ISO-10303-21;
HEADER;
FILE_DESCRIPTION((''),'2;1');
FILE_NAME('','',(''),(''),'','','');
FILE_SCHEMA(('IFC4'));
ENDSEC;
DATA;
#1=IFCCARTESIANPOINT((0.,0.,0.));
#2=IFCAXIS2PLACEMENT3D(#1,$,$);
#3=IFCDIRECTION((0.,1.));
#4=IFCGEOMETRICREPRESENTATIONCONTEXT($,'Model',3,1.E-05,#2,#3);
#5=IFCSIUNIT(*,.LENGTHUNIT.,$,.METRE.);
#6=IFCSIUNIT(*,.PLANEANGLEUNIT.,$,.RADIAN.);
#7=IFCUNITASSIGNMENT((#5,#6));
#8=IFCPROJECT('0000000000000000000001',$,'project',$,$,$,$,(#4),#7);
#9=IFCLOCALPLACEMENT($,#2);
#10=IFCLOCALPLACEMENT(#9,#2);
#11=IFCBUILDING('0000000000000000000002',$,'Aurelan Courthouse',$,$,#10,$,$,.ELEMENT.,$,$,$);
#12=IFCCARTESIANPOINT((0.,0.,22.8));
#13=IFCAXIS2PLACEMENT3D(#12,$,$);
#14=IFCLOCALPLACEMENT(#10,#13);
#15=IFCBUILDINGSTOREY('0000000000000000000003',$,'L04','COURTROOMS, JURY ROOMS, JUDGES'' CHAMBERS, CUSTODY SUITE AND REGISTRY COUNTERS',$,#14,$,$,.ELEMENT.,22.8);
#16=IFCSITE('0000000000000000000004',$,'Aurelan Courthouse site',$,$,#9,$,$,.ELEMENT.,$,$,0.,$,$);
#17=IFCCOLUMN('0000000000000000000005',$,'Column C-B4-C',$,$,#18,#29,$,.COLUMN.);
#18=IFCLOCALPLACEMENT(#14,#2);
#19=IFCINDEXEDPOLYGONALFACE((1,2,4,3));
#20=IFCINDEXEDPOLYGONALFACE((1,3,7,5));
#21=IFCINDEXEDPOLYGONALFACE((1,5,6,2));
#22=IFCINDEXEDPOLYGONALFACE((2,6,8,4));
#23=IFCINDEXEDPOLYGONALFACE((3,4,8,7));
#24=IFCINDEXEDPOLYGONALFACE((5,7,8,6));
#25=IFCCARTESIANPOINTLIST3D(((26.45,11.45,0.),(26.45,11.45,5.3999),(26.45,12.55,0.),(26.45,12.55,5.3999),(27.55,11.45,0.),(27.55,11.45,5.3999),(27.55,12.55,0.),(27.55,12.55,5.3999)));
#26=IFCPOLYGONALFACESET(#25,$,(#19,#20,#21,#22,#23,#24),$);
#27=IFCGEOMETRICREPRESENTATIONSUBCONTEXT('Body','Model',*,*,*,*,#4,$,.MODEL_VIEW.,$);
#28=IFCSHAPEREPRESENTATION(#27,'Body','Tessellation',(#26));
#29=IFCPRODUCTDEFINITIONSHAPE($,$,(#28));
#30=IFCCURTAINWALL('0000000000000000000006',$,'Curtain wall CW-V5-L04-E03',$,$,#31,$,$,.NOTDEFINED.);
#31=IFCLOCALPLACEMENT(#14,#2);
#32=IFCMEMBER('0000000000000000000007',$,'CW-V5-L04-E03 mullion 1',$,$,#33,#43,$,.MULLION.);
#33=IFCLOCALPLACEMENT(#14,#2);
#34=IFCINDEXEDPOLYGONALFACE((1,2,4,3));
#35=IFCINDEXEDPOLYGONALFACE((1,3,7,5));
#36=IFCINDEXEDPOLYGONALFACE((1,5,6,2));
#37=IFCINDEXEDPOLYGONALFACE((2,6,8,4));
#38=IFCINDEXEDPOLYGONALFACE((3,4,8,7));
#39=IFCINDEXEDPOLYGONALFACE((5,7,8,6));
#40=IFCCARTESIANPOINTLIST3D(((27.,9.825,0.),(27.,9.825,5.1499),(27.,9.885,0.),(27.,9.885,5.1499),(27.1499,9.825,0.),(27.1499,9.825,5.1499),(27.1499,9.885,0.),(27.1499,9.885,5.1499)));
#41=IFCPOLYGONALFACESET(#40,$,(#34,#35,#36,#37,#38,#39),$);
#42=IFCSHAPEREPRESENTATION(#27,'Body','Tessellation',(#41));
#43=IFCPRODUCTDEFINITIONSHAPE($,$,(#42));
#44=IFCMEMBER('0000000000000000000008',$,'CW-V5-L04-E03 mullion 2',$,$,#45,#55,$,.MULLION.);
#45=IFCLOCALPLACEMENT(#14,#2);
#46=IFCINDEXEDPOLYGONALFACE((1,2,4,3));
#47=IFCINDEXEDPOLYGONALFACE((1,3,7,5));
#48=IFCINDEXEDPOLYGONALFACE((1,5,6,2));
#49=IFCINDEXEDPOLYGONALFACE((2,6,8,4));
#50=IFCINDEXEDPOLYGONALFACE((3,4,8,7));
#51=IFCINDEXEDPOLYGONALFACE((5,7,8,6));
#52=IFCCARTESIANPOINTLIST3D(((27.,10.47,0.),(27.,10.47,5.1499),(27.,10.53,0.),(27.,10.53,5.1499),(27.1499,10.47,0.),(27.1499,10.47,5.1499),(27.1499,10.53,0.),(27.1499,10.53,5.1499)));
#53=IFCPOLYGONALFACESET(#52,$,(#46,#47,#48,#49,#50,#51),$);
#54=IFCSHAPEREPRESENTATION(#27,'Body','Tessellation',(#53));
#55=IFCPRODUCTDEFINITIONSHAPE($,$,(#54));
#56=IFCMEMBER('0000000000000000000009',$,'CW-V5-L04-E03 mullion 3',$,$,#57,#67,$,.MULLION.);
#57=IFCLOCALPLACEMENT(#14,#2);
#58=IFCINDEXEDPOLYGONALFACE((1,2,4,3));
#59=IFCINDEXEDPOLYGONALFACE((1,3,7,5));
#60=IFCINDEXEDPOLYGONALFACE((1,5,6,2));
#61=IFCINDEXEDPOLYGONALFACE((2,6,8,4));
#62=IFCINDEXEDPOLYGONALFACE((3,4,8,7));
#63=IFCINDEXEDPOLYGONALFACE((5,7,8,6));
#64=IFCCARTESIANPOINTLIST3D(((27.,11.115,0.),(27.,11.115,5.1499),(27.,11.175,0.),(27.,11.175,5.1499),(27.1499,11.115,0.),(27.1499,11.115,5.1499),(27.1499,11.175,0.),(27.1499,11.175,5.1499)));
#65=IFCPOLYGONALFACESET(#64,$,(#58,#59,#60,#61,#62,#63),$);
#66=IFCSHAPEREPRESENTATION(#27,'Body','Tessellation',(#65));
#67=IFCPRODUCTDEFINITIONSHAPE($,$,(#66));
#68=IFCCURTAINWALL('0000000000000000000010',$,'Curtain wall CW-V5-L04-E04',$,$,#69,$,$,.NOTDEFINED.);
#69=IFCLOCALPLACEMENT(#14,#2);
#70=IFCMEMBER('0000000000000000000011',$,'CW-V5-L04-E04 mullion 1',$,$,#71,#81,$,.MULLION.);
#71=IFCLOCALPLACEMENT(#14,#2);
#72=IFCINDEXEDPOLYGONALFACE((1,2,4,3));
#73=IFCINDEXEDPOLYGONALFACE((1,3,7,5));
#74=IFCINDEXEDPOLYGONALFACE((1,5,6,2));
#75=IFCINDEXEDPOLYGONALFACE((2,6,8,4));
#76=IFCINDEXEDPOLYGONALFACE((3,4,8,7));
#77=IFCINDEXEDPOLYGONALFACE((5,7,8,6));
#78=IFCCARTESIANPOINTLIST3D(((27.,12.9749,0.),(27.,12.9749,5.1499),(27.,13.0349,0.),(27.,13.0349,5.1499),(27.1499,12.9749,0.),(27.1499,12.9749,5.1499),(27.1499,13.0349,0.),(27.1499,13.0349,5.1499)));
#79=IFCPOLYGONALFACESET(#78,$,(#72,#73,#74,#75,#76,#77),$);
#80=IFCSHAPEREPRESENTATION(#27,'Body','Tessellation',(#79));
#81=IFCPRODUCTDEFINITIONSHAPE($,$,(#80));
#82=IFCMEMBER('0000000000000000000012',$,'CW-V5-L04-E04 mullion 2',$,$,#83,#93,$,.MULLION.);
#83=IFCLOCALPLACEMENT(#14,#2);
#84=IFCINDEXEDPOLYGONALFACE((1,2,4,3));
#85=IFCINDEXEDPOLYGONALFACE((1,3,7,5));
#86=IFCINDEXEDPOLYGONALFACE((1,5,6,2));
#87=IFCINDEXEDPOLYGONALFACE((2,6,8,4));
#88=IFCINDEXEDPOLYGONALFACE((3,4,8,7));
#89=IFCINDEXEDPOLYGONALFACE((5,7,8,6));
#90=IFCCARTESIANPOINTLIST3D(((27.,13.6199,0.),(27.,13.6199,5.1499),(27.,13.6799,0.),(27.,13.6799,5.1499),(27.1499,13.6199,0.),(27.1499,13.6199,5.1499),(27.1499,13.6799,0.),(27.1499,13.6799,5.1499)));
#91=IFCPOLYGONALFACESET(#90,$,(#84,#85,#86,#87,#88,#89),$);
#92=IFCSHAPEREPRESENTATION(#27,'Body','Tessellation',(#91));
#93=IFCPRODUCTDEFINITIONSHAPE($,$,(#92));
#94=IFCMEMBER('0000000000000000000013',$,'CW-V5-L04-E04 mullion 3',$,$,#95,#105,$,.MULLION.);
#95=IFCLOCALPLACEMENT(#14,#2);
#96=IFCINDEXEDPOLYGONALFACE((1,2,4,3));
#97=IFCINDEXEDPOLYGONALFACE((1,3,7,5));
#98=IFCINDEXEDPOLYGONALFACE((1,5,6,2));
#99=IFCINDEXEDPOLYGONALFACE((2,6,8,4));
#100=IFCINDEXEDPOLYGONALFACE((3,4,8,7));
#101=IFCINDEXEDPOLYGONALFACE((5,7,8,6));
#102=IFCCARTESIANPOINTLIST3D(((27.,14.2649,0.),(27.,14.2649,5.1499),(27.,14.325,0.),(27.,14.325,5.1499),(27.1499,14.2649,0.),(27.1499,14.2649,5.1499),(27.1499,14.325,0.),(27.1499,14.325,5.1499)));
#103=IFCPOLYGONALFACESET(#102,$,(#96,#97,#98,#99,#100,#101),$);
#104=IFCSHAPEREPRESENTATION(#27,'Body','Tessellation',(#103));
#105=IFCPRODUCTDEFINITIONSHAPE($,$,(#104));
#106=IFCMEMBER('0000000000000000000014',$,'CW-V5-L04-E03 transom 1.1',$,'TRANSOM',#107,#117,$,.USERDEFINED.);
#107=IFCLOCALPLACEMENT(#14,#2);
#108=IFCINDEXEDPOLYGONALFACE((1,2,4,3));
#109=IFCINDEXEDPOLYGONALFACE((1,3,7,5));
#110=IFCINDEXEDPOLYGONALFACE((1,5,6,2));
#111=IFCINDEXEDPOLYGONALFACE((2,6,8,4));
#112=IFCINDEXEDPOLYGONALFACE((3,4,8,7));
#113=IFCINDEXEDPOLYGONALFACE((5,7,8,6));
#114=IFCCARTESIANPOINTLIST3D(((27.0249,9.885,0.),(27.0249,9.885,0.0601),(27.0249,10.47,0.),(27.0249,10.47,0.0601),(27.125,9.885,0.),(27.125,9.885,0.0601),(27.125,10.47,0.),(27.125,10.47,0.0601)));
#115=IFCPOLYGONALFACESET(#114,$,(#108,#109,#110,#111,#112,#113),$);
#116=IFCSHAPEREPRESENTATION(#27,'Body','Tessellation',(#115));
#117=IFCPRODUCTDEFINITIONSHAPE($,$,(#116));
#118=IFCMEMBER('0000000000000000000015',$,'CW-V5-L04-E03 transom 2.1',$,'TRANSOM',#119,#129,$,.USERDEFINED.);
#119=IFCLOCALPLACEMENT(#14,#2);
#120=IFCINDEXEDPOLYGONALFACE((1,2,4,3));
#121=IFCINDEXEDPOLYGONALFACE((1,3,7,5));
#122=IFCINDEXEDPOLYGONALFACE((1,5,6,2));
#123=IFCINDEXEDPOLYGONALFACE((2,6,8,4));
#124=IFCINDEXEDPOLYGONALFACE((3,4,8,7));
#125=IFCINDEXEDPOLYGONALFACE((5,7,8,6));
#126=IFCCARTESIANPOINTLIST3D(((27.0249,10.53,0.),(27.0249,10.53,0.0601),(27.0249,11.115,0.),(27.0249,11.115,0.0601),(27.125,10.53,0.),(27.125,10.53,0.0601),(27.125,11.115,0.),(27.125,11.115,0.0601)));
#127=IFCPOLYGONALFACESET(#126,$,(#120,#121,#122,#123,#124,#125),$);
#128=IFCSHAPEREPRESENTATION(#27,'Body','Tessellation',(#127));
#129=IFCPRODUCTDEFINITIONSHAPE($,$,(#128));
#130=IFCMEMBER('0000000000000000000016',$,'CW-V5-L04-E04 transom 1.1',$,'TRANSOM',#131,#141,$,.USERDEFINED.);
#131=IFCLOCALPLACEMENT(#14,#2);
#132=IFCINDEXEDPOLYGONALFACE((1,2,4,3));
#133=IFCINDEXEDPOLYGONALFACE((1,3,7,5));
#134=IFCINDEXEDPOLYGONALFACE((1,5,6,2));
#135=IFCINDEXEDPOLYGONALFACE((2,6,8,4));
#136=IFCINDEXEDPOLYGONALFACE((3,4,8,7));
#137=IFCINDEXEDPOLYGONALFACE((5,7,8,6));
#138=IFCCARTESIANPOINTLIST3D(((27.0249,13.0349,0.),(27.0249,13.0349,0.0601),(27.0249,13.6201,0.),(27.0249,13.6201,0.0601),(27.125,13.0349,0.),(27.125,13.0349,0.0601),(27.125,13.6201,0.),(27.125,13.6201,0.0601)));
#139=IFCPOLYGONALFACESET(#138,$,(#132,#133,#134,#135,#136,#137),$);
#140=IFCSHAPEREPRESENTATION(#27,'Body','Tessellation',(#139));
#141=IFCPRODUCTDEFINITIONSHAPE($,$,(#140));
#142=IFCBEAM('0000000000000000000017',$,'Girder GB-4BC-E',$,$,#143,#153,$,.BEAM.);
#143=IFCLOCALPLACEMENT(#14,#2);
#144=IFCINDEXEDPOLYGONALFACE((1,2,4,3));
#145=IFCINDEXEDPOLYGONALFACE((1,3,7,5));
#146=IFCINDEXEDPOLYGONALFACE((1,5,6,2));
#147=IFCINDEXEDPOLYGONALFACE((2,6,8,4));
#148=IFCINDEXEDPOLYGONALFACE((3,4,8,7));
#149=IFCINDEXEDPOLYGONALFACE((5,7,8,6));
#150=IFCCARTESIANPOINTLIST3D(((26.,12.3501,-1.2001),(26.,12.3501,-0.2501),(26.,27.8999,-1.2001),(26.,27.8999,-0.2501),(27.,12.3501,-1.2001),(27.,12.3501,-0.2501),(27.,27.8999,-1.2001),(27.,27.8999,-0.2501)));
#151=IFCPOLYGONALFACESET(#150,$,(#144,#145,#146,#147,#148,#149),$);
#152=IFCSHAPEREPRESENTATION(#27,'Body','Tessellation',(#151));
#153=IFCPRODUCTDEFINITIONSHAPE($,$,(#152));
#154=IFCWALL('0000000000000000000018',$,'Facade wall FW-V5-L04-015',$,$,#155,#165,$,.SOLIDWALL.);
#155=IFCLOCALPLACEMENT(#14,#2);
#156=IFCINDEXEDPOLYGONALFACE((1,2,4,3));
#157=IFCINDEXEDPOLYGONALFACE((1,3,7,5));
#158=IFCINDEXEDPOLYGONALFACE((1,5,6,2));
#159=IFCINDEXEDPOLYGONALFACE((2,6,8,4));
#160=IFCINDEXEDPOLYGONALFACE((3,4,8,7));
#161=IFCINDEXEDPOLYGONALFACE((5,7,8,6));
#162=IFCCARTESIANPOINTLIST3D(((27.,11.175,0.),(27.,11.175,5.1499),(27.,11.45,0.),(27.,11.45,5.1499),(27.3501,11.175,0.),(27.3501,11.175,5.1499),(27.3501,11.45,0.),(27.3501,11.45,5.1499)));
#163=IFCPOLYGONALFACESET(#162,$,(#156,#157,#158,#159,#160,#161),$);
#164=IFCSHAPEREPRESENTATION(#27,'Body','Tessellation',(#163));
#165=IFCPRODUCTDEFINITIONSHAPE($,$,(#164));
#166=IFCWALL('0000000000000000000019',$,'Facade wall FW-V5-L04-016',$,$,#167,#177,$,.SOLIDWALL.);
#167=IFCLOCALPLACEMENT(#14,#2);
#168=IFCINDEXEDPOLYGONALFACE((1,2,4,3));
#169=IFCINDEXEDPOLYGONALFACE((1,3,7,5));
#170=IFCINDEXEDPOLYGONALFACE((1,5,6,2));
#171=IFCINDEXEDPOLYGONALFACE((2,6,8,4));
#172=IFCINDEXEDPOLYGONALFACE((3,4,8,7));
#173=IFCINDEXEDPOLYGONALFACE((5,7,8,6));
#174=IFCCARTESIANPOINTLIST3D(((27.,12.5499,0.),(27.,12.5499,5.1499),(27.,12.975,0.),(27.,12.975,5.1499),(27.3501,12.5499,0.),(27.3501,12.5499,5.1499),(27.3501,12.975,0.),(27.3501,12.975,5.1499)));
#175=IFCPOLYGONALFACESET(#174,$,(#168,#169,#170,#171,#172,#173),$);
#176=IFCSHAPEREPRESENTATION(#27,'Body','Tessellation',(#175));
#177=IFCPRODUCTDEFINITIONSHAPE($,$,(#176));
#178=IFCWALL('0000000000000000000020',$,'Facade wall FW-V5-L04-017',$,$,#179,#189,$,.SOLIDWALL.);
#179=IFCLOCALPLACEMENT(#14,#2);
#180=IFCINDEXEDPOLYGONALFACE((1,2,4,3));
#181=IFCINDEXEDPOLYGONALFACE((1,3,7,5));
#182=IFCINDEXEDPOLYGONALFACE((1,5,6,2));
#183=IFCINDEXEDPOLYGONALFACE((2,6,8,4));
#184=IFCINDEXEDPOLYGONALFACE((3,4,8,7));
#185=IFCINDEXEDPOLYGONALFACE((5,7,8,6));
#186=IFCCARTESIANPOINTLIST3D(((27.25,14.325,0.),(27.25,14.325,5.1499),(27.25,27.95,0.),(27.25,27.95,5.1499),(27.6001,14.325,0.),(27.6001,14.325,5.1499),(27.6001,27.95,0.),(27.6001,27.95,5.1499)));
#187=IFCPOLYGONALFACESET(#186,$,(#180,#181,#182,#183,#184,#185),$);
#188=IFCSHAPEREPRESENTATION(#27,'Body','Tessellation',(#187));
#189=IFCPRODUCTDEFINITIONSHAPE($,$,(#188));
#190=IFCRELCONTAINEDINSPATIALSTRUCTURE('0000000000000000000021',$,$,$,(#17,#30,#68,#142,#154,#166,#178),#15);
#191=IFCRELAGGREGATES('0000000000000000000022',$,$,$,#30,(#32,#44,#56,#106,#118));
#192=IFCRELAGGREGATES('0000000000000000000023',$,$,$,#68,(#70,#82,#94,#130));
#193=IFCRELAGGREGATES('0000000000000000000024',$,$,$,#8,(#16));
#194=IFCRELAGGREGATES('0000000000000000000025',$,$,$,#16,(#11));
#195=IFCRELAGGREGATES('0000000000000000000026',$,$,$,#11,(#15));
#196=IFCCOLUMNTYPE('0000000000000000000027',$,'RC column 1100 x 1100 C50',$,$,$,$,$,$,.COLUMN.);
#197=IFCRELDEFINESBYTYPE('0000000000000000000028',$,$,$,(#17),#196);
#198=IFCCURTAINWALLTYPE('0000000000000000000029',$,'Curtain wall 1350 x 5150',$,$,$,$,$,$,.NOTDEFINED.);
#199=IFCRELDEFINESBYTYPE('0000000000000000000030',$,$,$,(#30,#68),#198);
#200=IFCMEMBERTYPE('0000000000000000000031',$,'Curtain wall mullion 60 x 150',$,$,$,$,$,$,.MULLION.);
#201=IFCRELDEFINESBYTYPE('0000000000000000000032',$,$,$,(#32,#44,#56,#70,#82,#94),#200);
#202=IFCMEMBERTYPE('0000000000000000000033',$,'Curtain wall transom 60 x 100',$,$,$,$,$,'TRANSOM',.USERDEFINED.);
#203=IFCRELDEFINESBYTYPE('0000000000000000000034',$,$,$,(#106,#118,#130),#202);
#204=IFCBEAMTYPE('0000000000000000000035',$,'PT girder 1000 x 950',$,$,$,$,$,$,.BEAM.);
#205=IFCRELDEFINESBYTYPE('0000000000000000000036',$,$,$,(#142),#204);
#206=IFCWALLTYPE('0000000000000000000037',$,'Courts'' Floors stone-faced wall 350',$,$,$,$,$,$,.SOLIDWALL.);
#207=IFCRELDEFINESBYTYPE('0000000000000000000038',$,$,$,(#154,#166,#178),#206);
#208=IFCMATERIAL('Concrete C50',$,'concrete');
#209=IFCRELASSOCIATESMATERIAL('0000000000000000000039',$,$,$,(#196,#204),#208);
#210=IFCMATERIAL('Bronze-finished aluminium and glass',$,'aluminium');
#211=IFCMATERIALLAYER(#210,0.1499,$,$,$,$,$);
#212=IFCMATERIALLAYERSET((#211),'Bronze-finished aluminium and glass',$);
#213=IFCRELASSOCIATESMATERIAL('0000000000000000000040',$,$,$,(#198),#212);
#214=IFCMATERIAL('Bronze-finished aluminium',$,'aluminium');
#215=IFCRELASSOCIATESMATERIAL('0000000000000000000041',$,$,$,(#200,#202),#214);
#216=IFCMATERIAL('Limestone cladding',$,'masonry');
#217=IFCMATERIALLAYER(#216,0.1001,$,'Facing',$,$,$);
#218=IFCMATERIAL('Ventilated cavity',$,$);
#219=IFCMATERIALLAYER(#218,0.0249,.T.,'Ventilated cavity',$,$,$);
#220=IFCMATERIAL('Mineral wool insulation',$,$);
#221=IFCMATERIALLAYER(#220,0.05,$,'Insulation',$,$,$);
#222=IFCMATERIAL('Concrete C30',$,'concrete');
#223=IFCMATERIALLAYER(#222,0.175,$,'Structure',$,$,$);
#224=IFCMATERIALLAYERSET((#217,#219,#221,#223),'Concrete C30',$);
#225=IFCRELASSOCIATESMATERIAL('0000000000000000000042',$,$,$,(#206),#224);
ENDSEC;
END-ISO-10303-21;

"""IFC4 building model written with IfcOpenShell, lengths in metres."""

from ifc_helpers import new_model, si_unit, direction, frame, frame_2d, origin, origin_2d, place, context, subcontext, project, spatial, rectangle, extrude, material, layer, layer_set, material_profile, profile_set, type_object, element, aggregate, save


model = new_model("IFC4")

# Units and contexts
model_context = context("Model", 3, precision=1e-05, world=origin(), true_north=direction((0.0, 1.0)))
body_context = subcontext(model_context, "Body", "Model", "MODEL_VIEW")
ifc_project = project(units=[si_unit("LENGTHUNIT", "METRE"), si_unit("PLANEANGLEUNIT", "RADIAN")], contexts=[model_context])

# Site, building, storey
site_placement = place(None, origin())
site = spatial("IfcSite", under=ifc_project, at=site_placement, Name="Aurelan Courthouse site", CompositionType="ELEMENT", RefElevation=0.0)
building_placement = place(site_placement, origin())
building = spatial("IfcBuilding", under=site, at=building_placement, Name="Aurelan Courthouse", CompositionType="ELEMENT")
storey_placement = place(building_placement, frame((0.0, 0.0, 22.8)))
storey = spatial("IfcBuildingStorey", under=building, at=storey_placement, Name="L04", Description="COURTROOMS, JURY ROOMS, JUDGES' CHAMBERS, CUSTODY SUITE AND REGISTRY COUNTERS", CompositionType="ELEMENT", Elevation=22.8)

# Column
ifc_material_1 = material(Name="Concrete C50", Category="concrete")
ifc_material_profile_1 = material_profile(ifc_material_1, rectangle(XDim=1.1001, YDim=1.1001, at=origin_2d()), Name="RC 1100 x 1100")
ifc_profile_set_1 = profile_set([ifc_material_profile_1], Name="Concrete C50")
column_type = type_object("IfcColumnType", Name="RC column 1100 x 1100 C50", PredefinedType="COLUMN", material=ifc_profile_set_1)
column_placement = place(storey_placement, frame((27.0, 12.0, 0.0), z_axis=(0.0, 0.0, 1.0), x_axis=(1.0, 0.0, 0.0)))
element("IfcColumn", 1, at=column_placement, inside=storey, type_object=column_type, Name="Column C-B4-C", PredefinedType="COLUMN", context=body_context, shape_type="SweptSolid", body=[
    extrude(rectangle(XDim=1.1001, YDim=1.1001, at=origin_2d()), origin(), (0.0, 0.0, 1.0), 5.3999),
])

# Curtain walls, members
ifc_material_2 = material(Name="Bronze-finished aluminium and glass", Category="aluminium")
ifc_layer_1 = layer(ifc_material_2, 0.1499)
ifc_layer_set_1 = layer_set([ifc_layer_1], Name="Bronze-finished aluminium and glass")
curtain_wall_type = type_object("IfcCurtainWallType", Name="Curtain wall 1350 x 5150", PredefinedType="NOTDEFINED", material=ifc_layer_set_1)
curtain_wall_1_placement = place(storey_placement, origin())
curtain_wall_1 = element("IfcCurtainWall", 2, at=curtain_wall_1_placement, inside=storey, type_object=curtain_wall_type, Name="Curtain wall CW-V5-L04-E03", PredefinedType="NOTDEFINED")
ifc_material_3 = material(Name="Bronze-finished aluminium", Category="aluminium")
ifc_material_profile_2 = material_profile(ifc_material_3, rectangle(XDim=0.1499, YDim=0.0601, at=origin_2d()), Name="Bronze mullion 60 x 150")
ifc_profile_set_2 = profile_set([ifc_material_profile_2], Name="Bronze-finished aluminium")
member_type_1 = type_object("IfcMemberType", Name="Curtain wall mullion 60 x 150", PredefinedType="MULLION", material=ifc_profile_set_2)
member_1_placement = place(storey_placement, frame((27.075, 9.855, 0.0), z_axis=(0.0, 0.0, 1.0), x_axis=(-1.0, 0.0, 0.0)))
member_1 = element("IfcMember", 3, at=member_1_placement, type_object=member_type_1, Name="CW-V5-L04-E03 mullion 1", PredefinedType="MULLION", context=body_context, shape_type="SweptSolid", body=[
    extrude(rectangle(XDim=0.1499, YDim=0.0601, at=origin_2d()), origin(), (0.0, 0.0, 1.0), 5.1499),
])
member_2_placement = place(storey_placement, frame((27.075, 10.5, 0.0), z_axis=(0.0, 0.0, 1.0), x_axis=(-1.0, 0.0, 0.0)))
member_2 = element("IfcMember", 4, at=member_2_placement, type_object=member_type_1, Name="CW-V5-L04-E03 mullion 2", PredefinedType="MULLION", context=body_context, shape_type="SweptSolid", body=[
    extrude(rectangle(XDim=0.1499, YDim=0.0601, at=origin_2d()), origin(), (0.0, 0.0, 1.0), 5.1499),
])
member_3_placement = place(storey_placement, frame((27.075, 11.145, 0.0), z_axis=(0.0, 0.0, 1.0), x_axis=(-1.0, 0.0, 0.0)))
member_3 = element("IfcMember", 5, at=member_3_placement, type_object=member_type_1, Name="CW-V5-L04-E03 mullion 3", PredefinedType="MULLION", context=body_context, shape_type="SweptSolid", body=[
    extrude(rectangle(XDim=0.1499, YDim=0.0601, at=origin_2d()), origin(), (0.0, 0.0, 1.0), 5.1499),
])
curtain_wall_2_placement = place(storey_placement, origin())
curtain_wall_2 = element("IfcCurtainWall", 6, at=curtain_wall_2_placement, inside=storey, type_object=curtain_wall_type, Name="Curtain wall CW-V5-L04-E04", PredefinedType="NOTDEFINED")
member_4_placement = place(storey_placement, frame((27.075, 13.0049, 0.0), z_axis=(0.0, 0.0, 1.0), x_axis=(-1.0, 0.0, 0.0)))
member_4 = element("IfcMember", 7, at=member_4_placement, type_object=member_type_1, Name="CW-V5-L04-E04 mullion 1", PredefinedType="MULLION", context=body_context, shape_type="SweptSolid", body=[
    extrude(rectangle(XDim=0.1499, YDim=0.0601, at=origin_2d()), origin(), (0.0, 0.0, 1.0), 5.1499),
])
member_5_placement = place(storey_placement, frame((27.075, 13.6499, 0.0), z_axis=(0.0, 0.0, 1.0), x_axis=(-1.0, 0.0, 0.0)))
member_5 = element("IfcMember", 8, at=member_5_placement, type_object=member_type_1, Name="CW-V5-L04-E04 mullion 2", PredefinedType="MULLION", context=body_context, shape_type="SweptSolid", body=[
    extrude(rectangle(XDim=0.1499, YDim=0.0601, at=origin_2d()), origin(), (0.0, 0.0, 1.0), 5.1499),
])
member_6_placement = place(storey_placement, frame((27.075, 14.2949, 0.0), z_axis=(0.0, 0.0, 1.0), x_axis=(-1.0, 0.0, 0.0)))
member_6 = element("IfcMember", 9, at=member_6_placement, type_object=member_type_1, Name="CW-V5-L04-E04 mullion 3", PredefinedType="MULLION", context=body_context, shape_type="SweptSolid", body=[
    extrude(rectangle(XDim=0.1499, YDim=0.0601, at=origin_2d()), origin(), (0.0, 0.0, 1.0), 5.1499),
])

# Members
ifc_material_profile_3 = material_profile(ifc_material_3, rectangle(XDim=0.1001, YDim=0.0601, at=origin_2d()), Name="Bronze transom 60 x 100")
ifc_profile_set_3 = profile_set([ifc_material_profile_3], Name="Bronze-finished aluminium")
member_type_2 = type_object("IfcMemberType", Name="Curtain wall transom 60 x 100", ElementType="TRANSOM", PredefinedType="USERDEFINED", material=ifc_profile_set_3)
member_7_placement = place(storey_placement, frame((27.075, 9.885, 0.03), z_axis=(0.0, 1.0, 0.0), x_axis=(-1.0, 0.0, 0.0)))
member_7 = element("IfcMember", 10, at=member_7_placement, type_object=member_type_2, Name="CW-V5-L04-E03 transom 1.1", ObjectType="TRANSOM", PredefinedType="USERDEFINED", context=body_context, shape_type="SweptSolid", body=[
    extrude(rectangle(XDim=0.1001, YDim=0.0601, at=origin_2d()), origin(), (0.0, 0.0, 1.0), 0.585),
])
member_8_placement = place(storey_placement, frame((27.075, 10.53, 0.03), z_axis=(0.0, 1.0, 0.0), x_axis=(-1.0, 0.0, 0.0)))
member_8 = element("IfcMember", 11, at=member_8_placement, type_object=member_type_2, Name="CW-V5-L04-E03 transom 2.1", ObjectType="TRANSOM", PredefinedType="USERDEFINED", context=body_context, shape_type="SweptSolid", body=[
    extrude(rectangle(XDim=0.1001, YDim=0.0601, at=origin_2d()), origin(), (0.0, 0.0, 1.0), 0.585),
])
aggregate(curtain_wall_1, [member_1, member_2, member_3, member_7, member_8])
member_9_placement = place(storey_placement, frame((27.075, 13.0349, 0.03), z_axis=(0.0, 1.0, 0.0), x_axis=(-1.0, 0.0, 0.0)))
member_9 = element("IfcMember", 12, at=member_9_placement, type_object=member_type_2, Name="CW-V5-L04-E04 transom 1.1", ObjectType="TRANSOM", PredefinedType="USERDEFINED", context=body_context, shape_type="SweptSolid", body=[
    extrude(rectangle(XDim=0.1001, YDim=0.0601, at=origin_2d()), origin(), (0.0, 0.0, 1.0), 0.5852),
])
aggregate(curtain_wall_2, [member_4, member_5, member_6, member_9])

# Beam
ifc_material_profile_4 = material_profile(ifc_material_1, rectangle(XDim=1.0, YDim=0.95, at=origin_2d()), Name="RC 1000 x 950")
ifc_profile_set_4 = profile_set([ifc_material_profile_4], Name="Concrete C50")
beam_type = type_object("IfcBeamType", Name="PT girder 1000 x 950", PredefinedType="BEAM", material=ifc_profile_set_4)
beam_placement = place(storey_placement, frame((26.5, 12.3501, -0.7251), z_axis=(0.0, 1.0, 0.0), x_axis=(-1.0, 0.0, 0.0)))
element("IfcBeam", 13, at=beam_placement, inside=storey, type_object=beam_type, Name="Girder GB-4BC-E", PredefinedType="BEAM", context=body_context, shape_type="SweptSolid", body=[
    extrude(rectangle(XDim=1.0, YDim=0.95, at=origin_2d()), origin(), (0.0, 0.0, 1.0), 15.5498),
])

# Walls
ifc_material_4 = material(Name="Limestone cladding", Category="masonry")
ifc_layer_2 = layer(ifc_material_4, 0.1001, Name="Facing")
ifc_material_5 = material(Name="Ventilated cavity")
ifc_layer_3 = layer(ifc_material_5, 0.0249, ventilated=True, Name="Ventilated cavity")
ifc_material_6 = material(Name="Mineral wool insulation")
ifc_layer_4 = layer(ifc_material_6, 0.05, Name="Insulation")
ifc_material_7 = material(Name="Concrete C30", Category="concrete")
ifc_layer_5 = layer(ifc_material_7, 0.175, Name="Structure")
ifc_layer_set_2 = layer_set([ifc_layer_2, ifc_layer_3, ifc_layer_4, ifc_layer_5], Name="Concrete C30")
wall_type_1 = type_object("IfcWallType", Name="Courts' Floors stone-faced wall 350", PredefinedType="SOLIDWALL", material=ifc_layer_set_2)
wall_1_placement = place(storey_placement, frame((27.175, 11.175, 0.0), z_axis=(0.0, 0.0, 1.0), x_axis=(0.0, 1.0, 0.0)))
element("IfcWall", 14, at=wall_1_placement, inside=storey, type_object=wall_type_1, Name="Facade wall FW-V5-L04-015", PredefinedType="SOLIDWALL", context=body_context, shape_type="SweptSolid", body=[
    extrude(rectangle(XDim=0.2749, YDim=0.3501, at=frame_2d((0.1375, 0.0))), origin(), (0.0, 0.0, 1.0), 5.1499),
])
wall_2_placement = place(storey_placement, frame((27.175, 12.55, 0.0), z_axis=(0.0, 0.0, 1.0), x_axis=(0.0, 1.0, 0.0)))
element("IfcWall", 15, at=wall_2_placement, inside=storey, type_object=wall_type_1, Name="Facade wall FW-V5-L04-016", PredefinedType="SOLIDWALL", context=body_context, shape_type="SweptSolid", body=[
    extrude(rectangle(XDim=0.425, YDim=0.3501, at=frame_2d((0.2124, 0.0))), origin(), (0.0, 0.0, 1.0), 5.1499),
])
wall_3_placement = place(storey_placement, frame((27.425, 14.325, 0.0), z_axis=(0.0, 0.0, 1.0), x_axis=(0.0, 1.0, 0.0)))
element("IfcWall", 16, at=wall_3_placement, inside=storey, type_object=wall_type_1, Name="Facade wall FW-V5-L04-017", PredefinedType="SOLIDWALL", context=body_context, shape_type="SweptSolid", body=[
    extrude(rectangle(XDim=13.625, YDim=0.3501, at=frame_2d((6.8125, 0.0))), origin(), (0.0, 0.0, 1.0), 5.1499),
])

save(model, "model.ifc")
